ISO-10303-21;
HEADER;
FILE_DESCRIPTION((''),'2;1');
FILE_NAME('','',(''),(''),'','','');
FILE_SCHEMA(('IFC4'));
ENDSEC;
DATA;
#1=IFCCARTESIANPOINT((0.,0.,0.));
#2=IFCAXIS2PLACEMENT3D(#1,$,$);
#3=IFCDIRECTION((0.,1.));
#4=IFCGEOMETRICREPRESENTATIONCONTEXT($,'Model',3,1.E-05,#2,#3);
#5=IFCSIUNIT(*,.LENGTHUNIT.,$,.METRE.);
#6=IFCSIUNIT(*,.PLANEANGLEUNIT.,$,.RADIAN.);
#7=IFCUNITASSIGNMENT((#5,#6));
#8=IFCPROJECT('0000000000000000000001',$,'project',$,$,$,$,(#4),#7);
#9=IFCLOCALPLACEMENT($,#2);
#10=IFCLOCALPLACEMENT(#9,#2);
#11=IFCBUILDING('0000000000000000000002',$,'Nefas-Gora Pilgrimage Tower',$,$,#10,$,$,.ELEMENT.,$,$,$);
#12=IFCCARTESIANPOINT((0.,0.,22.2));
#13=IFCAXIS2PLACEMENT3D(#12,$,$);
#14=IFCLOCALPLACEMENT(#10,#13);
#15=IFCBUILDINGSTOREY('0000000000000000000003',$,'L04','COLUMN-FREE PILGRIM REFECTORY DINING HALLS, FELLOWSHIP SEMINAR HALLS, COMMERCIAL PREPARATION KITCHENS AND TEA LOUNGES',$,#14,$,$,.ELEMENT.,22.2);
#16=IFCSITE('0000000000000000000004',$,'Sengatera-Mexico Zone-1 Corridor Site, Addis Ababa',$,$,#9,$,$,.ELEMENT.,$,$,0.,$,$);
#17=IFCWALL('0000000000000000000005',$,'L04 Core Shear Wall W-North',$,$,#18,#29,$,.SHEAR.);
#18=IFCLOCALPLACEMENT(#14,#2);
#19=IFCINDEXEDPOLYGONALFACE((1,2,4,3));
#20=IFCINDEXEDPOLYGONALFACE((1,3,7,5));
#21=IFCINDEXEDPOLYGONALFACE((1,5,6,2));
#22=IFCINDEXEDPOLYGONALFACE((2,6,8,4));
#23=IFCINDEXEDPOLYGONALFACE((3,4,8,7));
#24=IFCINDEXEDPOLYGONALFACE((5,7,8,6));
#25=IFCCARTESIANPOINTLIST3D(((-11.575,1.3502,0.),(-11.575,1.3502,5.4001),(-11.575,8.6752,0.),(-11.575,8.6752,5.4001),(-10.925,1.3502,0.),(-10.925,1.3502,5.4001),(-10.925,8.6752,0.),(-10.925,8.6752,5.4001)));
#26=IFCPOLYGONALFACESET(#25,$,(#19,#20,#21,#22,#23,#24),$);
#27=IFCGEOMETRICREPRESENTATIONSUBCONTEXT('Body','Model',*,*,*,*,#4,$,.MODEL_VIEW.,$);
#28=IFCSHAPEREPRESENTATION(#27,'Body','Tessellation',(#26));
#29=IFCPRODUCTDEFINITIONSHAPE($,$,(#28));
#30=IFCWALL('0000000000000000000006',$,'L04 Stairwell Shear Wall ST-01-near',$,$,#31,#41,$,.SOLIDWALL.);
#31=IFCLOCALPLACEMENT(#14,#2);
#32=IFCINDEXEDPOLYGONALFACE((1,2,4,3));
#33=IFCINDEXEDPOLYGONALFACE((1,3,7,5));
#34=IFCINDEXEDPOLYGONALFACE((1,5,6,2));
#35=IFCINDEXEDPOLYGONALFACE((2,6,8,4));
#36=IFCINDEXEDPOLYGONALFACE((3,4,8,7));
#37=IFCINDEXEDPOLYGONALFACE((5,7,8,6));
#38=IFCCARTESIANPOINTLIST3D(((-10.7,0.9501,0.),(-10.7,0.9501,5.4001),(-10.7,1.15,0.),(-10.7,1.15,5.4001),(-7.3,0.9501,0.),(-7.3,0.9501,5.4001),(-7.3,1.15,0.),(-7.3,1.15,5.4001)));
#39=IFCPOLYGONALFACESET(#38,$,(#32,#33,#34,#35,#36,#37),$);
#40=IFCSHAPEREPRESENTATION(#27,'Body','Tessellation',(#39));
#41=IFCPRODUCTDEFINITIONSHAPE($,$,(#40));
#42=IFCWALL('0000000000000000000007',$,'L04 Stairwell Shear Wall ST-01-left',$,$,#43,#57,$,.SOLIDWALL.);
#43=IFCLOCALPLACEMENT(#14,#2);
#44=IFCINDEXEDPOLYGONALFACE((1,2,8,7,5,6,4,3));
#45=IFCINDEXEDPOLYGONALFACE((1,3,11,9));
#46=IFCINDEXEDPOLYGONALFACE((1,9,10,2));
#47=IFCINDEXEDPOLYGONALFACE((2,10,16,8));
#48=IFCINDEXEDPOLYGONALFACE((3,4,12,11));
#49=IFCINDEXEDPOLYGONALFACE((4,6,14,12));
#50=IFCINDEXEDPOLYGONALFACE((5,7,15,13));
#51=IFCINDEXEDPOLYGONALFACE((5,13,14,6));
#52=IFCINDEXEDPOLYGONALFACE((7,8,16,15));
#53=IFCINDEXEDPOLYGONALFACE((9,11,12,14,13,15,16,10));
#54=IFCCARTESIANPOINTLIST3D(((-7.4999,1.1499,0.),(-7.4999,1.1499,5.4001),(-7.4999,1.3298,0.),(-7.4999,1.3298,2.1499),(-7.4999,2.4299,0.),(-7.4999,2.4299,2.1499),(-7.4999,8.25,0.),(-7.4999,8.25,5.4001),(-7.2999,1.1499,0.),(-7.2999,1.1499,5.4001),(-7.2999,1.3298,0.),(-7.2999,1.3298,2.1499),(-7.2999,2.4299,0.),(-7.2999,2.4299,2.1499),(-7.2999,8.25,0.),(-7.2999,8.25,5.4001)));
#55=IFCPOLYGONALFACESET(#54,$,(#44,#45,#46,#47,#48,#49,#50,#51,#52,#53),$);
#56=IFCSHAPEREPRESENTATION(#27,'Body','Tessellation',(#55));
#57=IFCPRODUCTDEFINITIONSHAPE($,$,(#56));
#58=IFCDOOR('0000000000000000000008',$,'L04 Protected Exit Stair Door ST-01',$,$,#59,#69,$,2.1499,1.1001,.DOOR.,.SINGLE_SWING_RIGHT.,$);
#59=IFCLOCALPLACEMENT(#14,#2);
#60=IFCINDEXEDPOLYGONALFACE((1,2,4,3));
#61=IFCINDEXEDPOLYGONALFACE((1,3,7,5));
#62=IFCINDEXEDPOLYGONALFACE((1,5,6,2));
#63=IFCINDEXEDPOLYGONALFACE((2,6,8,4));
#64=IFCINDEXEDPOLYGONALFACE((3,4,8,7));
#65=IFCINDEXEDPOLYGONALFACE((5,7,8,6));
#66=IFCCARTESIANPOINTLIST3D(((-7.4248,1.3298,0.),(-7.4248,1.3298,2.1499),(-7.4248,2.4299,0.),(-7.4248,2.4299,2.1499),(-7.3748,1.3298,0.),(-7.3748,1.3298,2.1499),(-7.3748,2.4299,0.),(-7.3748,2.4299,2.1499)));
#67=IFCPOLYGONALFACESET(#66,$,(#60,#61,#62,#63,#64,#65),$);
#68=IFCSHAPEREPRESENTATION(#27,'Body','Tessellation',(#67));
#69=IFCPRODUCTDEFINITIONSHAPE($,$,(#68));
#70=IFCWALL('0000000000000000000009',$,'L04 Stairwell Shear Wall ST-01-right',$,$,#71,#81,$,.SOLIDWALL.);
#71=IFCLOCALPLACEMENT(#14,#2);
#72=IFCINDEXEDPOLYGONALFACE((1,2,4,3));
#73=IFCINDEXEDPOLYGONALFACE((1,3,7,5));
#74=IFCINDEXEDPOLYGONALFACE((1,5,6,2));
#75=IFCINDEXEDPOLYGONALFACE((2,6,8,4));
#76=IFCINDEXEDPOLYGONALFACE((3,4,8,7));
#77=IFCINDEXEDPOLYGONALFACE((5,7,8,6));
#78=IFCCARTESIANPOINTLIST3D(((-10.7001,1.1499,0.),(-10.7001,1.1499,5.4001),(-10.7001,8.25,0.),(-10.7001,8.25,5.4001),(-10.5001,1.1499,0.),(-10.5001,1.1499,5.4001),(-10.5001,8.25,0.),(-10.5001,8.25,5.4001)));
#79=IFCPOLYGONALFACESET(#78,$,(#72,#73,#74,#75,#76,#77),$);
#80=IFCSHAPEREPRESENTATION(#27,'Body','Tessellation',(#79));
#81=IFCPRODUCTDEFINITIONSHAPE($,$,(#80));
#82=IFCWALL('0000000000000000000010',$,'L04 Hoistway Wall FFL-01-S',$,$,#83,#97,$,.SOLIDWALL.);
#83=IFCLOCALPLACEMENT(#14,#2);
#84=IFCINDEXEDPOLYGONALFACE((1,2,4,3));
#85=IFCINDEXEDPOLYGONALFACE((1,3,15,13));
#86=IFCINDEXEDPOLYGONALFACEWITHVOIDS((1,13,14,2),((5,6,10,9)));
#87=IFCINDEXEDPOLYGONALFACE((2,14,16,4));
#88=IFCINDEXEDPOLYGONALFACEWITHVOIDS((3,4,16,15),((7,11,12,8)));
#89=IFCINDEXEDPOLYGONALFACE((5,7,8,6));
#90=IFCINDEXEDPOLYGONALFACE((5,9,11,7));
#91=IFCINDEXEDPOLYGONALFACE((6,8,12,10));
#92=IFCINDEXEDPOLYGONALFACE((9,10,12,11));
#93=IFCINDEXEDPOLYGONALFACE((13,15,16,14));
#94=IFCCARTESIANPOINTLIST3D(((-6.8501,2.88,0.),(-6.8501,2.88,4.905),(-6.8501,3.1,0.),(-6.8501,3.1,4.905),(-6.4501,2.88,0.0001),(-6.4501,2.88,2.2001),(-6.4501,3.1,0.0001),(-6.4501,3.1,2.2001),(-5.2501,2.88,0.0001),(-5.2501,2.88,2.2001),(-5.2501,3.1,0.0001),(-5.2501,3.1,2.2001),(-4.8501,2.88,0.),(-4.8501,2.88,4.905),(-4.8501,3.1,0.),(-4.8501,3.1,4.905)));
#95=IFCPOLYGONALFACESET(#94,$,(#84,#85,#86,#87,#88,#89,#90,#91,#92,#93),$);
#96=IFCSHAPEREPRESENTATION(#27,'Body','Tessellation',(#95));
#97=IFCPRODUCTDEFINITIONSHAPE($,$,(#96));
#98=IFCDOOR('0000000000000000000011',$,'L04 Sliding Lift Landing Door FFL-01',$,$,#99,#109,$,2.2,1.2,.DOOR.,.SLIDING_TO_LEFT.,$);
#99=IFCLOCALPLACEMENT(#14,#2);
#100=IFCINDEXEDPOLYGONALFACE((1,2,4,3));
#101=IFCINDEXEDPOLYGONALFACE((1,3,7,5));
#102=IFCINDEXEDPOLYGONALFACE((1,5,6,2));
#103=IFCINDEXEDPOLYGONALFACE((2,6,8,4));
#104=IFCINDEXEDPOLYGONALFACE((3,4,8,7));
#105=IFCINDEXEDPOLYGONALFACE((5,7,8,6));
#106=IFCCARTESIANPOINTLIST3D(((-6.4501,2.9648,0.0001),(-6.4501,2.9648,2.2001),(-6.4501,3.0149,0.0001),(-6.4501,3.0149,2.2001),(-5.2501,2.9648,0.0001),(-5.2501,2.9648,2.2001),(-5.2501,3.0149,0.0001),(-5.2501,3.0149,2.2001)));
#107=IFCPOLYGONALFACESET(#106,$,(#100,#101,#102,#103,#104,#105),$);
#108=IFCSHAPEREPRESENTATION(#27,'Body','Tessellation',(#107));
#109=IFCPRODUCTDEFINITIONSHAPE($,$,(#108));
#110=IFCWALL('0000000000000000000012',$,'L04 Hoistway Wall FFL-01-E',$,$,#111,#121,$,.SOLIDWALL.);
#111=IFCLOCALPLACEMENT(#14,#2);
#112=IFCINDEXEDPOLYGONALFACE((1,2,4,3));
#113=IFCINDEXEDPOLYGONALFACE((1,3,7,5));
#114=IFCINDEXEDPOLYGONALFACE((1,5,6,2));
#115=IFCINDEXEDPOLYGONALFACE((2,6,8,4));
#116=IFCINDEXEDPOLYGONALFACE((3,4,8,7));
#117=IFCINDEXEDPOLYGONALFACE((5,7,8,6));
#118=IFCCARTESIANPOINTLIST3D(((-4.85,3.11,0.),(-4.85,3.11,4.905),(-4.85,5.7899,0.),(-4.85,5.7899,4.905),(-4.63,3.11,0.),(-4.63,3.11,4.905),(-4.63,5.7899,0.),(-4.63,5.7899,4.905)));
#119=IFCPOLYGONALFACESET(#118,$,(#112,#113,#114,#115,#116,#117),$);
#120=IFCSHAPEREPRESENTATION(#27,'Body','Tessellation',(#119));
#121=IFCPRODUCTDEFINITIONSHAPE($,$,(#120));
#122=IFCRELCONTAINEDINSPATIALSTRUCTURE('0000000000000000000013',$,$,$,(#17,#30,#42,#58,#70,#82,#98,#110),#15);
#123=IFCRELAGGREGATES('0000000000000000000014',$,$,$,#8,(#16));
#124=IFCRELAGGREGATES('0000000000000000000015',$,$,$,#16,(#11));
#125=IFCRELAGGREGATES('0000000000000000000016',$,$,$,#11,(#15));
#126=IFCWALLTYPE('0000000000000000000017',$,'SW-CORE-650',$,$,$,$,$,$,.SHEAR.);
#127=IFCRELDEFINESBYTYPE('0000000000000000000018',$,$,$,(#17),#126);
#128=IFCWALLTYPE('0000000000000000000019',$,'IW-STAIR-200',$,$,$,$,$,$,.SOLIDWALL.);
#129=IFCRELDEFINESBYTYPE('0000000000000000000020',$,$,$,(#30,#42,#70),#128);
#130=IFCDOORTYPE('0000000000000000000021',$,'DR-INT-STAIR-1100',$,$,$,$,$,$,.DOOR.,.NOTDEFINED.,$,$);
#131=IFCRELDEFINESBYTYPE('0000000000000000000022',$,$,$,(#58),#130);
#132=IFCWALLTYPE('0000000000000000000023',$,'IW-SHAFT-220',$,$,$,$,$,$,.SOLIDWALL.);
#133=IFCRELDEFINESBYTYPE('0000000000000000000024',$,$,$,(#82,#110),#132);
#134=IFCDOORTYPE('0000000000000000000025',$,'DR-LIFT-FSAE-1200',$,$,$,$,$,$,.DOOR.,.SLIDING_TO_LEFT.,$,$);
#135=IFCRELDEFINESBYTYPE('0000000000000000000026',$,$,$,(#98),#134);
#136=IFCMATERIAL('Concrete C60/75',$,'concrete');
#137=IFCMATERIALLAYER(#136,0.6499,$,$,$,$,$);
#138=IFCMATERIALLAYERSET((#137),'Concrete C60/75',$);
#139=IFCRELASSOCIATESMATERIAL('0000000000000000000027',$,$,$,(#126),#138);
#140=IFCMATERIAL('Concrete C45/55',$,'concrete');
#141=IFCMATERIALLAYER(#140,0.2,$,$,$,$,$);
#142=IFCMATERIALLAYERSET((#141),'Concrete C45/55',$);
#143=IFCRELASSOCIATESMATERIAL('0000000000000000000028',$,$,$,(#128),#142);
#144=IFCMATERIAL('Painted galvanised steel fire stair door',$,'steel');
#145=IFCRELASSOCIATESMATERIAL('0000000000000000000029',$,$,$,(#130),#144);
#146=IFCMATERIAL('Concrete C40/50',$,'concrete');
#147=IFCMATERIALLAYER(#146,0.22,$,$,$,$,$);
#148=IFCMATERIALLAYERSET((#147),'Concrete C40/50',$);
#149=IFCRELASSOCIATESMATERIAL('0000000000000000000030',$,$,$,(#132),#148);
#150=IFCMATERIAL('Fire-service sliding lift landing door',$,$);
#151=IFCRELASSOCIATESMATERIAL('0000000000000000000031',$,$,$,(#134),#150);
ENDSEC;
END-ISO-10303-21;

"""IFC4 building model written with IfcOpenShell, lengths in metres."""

from ifc_helpers import new_model, si_unit, direction, frame, frame_2d, origin, place, context, subcontext, project, spatial, rectangle, extrude, source, transform, mapped, material, layer, layer_set, type_object, element, fill, save


model = new_model("IFC4")

# Units and contexts
model_context = context("Model", 3, precision=1e-05, world=origin(), true_north=direction((0.0, 1.0)))
body_context = subcontext(model_context, "Body", "Model", "MODEL_VIEW")
ifc_project = project(units=[si_unit("LENGTHUNIT", "METRE"), si_unit("PLANEANGLEUNIT", "RADIAN")], contexts=[model_context])

# Site, building, storey
site_placement = place(None, origin())
site = spatial("IfcSite", under=ifc_project, at=site_placement, Name="Sengatera-Mexico Zone-1 Corridor Site, Addis Ababa", CompositionType="ELEMENT", RefElevation=0.0)
building_placement = place(site_placement, origin())
building = spatial("IfcBuilding", under=site, at=building_placement, Name="Nefas-Gora Pilgrimage Tower", CompositionType="ELEMENT")
storey_placement = place(building_placement, frame((0.0, 0.0, 22.2)))
storey = spatial("IfcBuildingStorey", under=building, at=storey_placement, Name="L04", Description="COLUMN-FREE PILGRIM REFECTORY DINING HALLS, FELLOWSHIP SEMINAR HALLS, COMMERCIAL PREPARATION KITCHENS AND TEA LOUNGES", CompositionType="ELEMENT", Elevation=22.2)

# Walls
ifc_material_1 = material(Name="Concrete C60/75", Category="concrete")
ifc_layer_1 = layer(ifc_material_1, 0.6499)
ifc_layer_set_1 = layer_set([ifc_layer_1], Name="Concrete C60/75")
wall_type_1 = type_object("IfcWallType", Name="SW-CORE-650", PredefinedType="SHEAR", material=ifc_layer_set_1)
shared_shape_1 = source(origin(), body_context, "Body", "SweptSolid", [
    extrude(rectangle(XDim=7.325, YDim=0.6499, at=frame_2d((3.6626, 0.0))), origin(), (0.0, 0.0, 1.0), 5.4001),
])
wall_1_placement = place(storey_placement, frame((-11.25, 1.3501, 0.0), z_axis=(0.0, 0.0, 1.0), x_axis=(0.0, 1.0, 0.0)))
element("IfcWall", 1, at=wall_1_placement, inside=storey, type_object=wall_type_1, Name="L04 Core Shear Wall W-North", PredefinedType="SHEAR", context=body_context, shape_type="MappedRepresentation", body=[
    mapped(shared_shape_1, transform((0.0, 0.0, 0.0), x_axis=(1.0, 0.0, 0.0), y_axis=(0.0, 1.0, 0.0), z_axis=(0.0, 0.0, 1.0), scale=1.0)),
])
ifc_material_2 = material(Name="Concrete C45/55", Category="concrete")
ifc_layer_2 = layer(ifc_material_2, 0.2)
ifc_layer_set_2 = layer_set([ifc_layer_2], Name="Concrete C45/55")
wall_type_2 = type_object("IfcWallType", Name="IW-STAIR-200", PredefinedType="SOLIDWALL", material=ifc_layer_set_2)
shared_shape_2 = source(origin(), body_context, "Body", "SweptSolid", [
    extrude(rectangle(XDim=3.3999, YDim=0.2, at=frame_2d((1.7, 0.0))), origin(), (0.0, 0.0, 1.0), 5.4001),
])
wall_2_placement = place(storey_placement, frame((-7.3, 1.05, 0.0), z_axis=(0.0, 0.0, 1.0), x_axis=(-1.0, 0.0, 0.0)))
element("IfcWall", 2, at=wall_2_placement, inside=storey, type_object=wall_type_2, Name="L04 Stairwell Shear Wall ST-01-near", PredefinedType="SOLIDWALL", context=body_context, shape_type="MappedRepresentation", body=[
    mapped(shared_shape_2, transform((0.0, 0.0, 0.0), x_axis=(1.0, 0.0, 0.0), y_axis=(0.0, 1.0, 0.0), z_axis=(0.0, 0.0, 1.0), scale=1.0)),
])

# Wall, opening, door
shared_shape_3 = source(origin(), body_context, "Body", "SweptSolid", [
    extrude(rectangle(XDim=7.1001, YDim=0.2, at=frame_2d((3.55, 0.0))), origin(), (0.0, 0.0, 1.0), 5.4001),
])
wall_3_placement = place(storey_placement, frame((-7.3999, 1.1499, 0.0), z_axis=(0.0, 0.0, 1.0), x_axis=(0.0, 1.0, 0.0)))
wall_3 = element("IfcWall", 3, at=wall_3_placement, inside=storey, type_object=wall_type_2, Name="L04 Stairwell Shear Wall ST-01-left", PredefinedType="SOLIDWALL", context=body_context, shape_type="MappedRepresentation", body=[
    mapped(shared_shape_3, transform((0.0, 0.0, 0.0), x_axis=(1.0, 0.0, 0.0), y_axis=(0.0, 1.0, 0.0), z_axis=(0.0, 0.0, 1.0), scale=1.0)),
])
opening_1_placement = place(wall_3_placement, frame((0.1799, 0.0, 0.0)))
opening_1 = element("IfcOpeningElement", 4, at=opening_1_placement, cuts=wall_3, PredefinedType="OPENING", context=body_context, shape_type="SweptSolid", body=[
    extrude(rectangle(XDim=1.1001, YDim=2.1499, at=frame_2d((0.55, 1.075))), frame((0.0, 0.1099, 0.0), z_axis=(0.0, -1.0, 0.0), x_axis=(1.0, 0.0, 0.0)), (0.0, 0.0, 1.0), 0.22),
])
ifc_material_3 = material(Name="Painted galvanised steel fire stair door", Category="steel")
door_type_1 = type_object("IfcDoorType", Name="DR-INT-STAIR-1100", OperationType="NOTDEFINED", PredefinedType="DOOR", material=ifc_material_3)
shared_shape_4 = source(origin(), body_context, "Body", "SweptSolid", [
    extrude(rectangle(XDim=1.1001, YDim=2.1499, at=frame_2d((0.55, 1.075))), frame((0.0, 0.0249, 0.0), z_axis=(0.0, -1.0, 0.0), x_axis=(1.0, 0.0, 0.0)), (0.0, 0.0, 1.0), 0.05),
])
door_1_placement = place(opening_1_placement, origin())
door_1 = element("IfcDoor", 5, at=door_1_placement, inside=storey, type_object=door_type_1, Name="L04 Protected Exit Stair Door ST-01", OperationType="SINGLE_SWING_RIGHT", OverallHeight=2.1499, OverallWidth=1.1001, PredefinedType="DOOR", context=body_context, shape_type="MappedRepresentation", body=[
    mapped(shared_shape_4, transform((0.0, 0.0, 0.0), x_axis=(1.0, 0.0, 0.0), y_axis=(0.0, 1.0, 0.0), z_axis=(0.0, 0.0, 1.0), scale=1.0)),
])
fill(opening_1, door_1)

# Wall
wall_4_placement = place(storey_placement, frame((-10.6001, 1.1499, 0.0), z_axis=(0.0, 0.0, 1.0), x_axis=(0.0, 1.0, 0.0)))
element("IfcWall", 6, at=wall_4_placement, inside=storey, type_object=wall_type_2, Name="L04 Stairwell Shear Wall ST-01-right", PredefinedType="SOLIDWALL", context=body_context, shape_type="MappedRepresentation", body=[
    mapped(shared_shape_3, transform((0.0, 0.0, 0.0), x_axis=(1.0, 0.0, 0.0), y_axis=(0.0, 1.0, 0.0), z_axis=(0.0, 0.0, 1.0), scale=1.0)),
])

# Wall, opening, door
ifc_material_4 = material(Name="Concrete C40/50", Category="concrete")
ifc_layer_3 = layer(ifc_material_4, 0.22)
ifc_layer_set_3 = layer_set([ifc_layer_3], Name="Concrete C40/50")
wall_type_3 = type_object("IfcWallType", Name="IW-SHAFT-220", PredefinedType="SOLIDWALL", material=ifc_layer_set_3)
shared_shape_5 = source(origin(), body_context, "Body", "SweptSolid", [
    extrude(rectangle(XDim=2.0, YDim=0.22, at=frame_2d((1.0, 0.0))), origin(), (0.0, 0.0, 1.0), 4.905),
])
wall_5_placement = place(storey_placement, frame((-6.8501, 2.99, 0.0), z_axis=(0.0, 0.0, 1.0), x_axis=(1.0, 0.0, 0.0)))
wall_5 = element("IfcWall", 7, at=wall_5_placement, inside=storey, type_object=wall_type_3, Name="L04 Hoistway Wall FFL-01-S", PredefinedType="SOLIDWALL", context=body_context, shape_type="MappedRepresentation", body=[
    mapped(shared_shape_5, transform((0.0, 0.0, 0.0), x_axis=(1.0, 0.0, 0.0), y_axis=(0.0, 1.0, 0.0), z_axis=(0.0, 0.0, 1.0), scale=1.0)),
])
opening_2_placement = place(wall_5_placement, frame((0.3999, 0.0, 0.0)))
opening_2 = element("IfcOpeningElement", 8, at=opening_2_placement, cuts=wall_5, PredefinedType="OPENING", context=body_context, shape_type="SweptSolid", body=[
    extrude(rectangle(XDim=1.2, YDim=2.2, at=frame_2d((0.6001, 1.1001))), frame((0.0, 0.1199, 0.0), z_axis=(0.0, -1.0, 0.0), x_axis=(1.0, 0.0, 0.0)), (0.0, 0.0, 1.0), 0.24),
])
ifc_material_5 = material(Name="Fire-service sliding lift landing door")
door_type_2 = type_object("IfcDoorType", Name="DR-LIFT-FSAE-1200", OperationType="SLIDING_TO_LEFT", PredefinedType="DOOR", material=ifc_material_5)
shared_shape_6 = source(origin(), body_context, "Body", "SweptSolid", [
    extrude(rectangle(XDim=1.2, YDim=2.2, at=frame_2d((0.6001, 1.1001))), frame((0.0, 0.0249, 0.0), z_axis=(0.0, -1.0, 0.0), x_axis=(1.0, 0.0, 0.0)), (0.0, 0.0, 1.0), 0.05),
])
door_2_placement = place(opening_2_placement, origin())
door_2 = element("IfcDoor", 9, at=door_2_placement, inside=storey, type_object=door_type_2, Name="L04 Sliding Lift Landing Door FFL-01", OperationType="SLIDING_TO_LEFT", OverallHeight=2.2, OverallWidth=1.2, PredefinedType="DOOR", context=body_context, shape_type="MappedRepresentation", body=[
    mapped(shared_shape_6, transform((0.0, 0.0, 0.0), x_axis=(1.0, 0.0, 0.0), y_axis=(0.0, 1.0, 0.0), z_axis=(0.0, 0.0, 1.0), scale=1.0)),
])
fill(opening_2, door_2)

# Wall
shared_shape_7 = source(origin(), body_context, "Body", "SweptSolid", [
    extrude(rectangle(XDim=2.6799, YDim=0.22, at=frame_2d((1.3398, 0.0))), origin(), (0.0, 0.0, 1.0), 4.905),
])
wall_6_placement = place(storey_placement, frame((-4.74, 3.1101, 0.0), z_axis=(0.0, 0.0, 1.0), x_axis=(0.0, 1.0, 0.0)))
element("IfcWall", 10, at=wall_6_placement, inside=storey, type_object=wall_type_3, Name="L04 Hoistway Wall FFL-01-E", PredefinedType="SOLIDWALL", context=body_context, shape_type="MappedRepresentation", body=[
    mapped(shared_shape_7, transform((0.0, 0.0, 0.0), x_axis=(1.0, 0.0, 0.0), y_axis=(0.0, 1.0, 0.0), z_axis=(0.0, 0.0, 1.0), scale=1.0)),
])

save(model, "model.ifc")
